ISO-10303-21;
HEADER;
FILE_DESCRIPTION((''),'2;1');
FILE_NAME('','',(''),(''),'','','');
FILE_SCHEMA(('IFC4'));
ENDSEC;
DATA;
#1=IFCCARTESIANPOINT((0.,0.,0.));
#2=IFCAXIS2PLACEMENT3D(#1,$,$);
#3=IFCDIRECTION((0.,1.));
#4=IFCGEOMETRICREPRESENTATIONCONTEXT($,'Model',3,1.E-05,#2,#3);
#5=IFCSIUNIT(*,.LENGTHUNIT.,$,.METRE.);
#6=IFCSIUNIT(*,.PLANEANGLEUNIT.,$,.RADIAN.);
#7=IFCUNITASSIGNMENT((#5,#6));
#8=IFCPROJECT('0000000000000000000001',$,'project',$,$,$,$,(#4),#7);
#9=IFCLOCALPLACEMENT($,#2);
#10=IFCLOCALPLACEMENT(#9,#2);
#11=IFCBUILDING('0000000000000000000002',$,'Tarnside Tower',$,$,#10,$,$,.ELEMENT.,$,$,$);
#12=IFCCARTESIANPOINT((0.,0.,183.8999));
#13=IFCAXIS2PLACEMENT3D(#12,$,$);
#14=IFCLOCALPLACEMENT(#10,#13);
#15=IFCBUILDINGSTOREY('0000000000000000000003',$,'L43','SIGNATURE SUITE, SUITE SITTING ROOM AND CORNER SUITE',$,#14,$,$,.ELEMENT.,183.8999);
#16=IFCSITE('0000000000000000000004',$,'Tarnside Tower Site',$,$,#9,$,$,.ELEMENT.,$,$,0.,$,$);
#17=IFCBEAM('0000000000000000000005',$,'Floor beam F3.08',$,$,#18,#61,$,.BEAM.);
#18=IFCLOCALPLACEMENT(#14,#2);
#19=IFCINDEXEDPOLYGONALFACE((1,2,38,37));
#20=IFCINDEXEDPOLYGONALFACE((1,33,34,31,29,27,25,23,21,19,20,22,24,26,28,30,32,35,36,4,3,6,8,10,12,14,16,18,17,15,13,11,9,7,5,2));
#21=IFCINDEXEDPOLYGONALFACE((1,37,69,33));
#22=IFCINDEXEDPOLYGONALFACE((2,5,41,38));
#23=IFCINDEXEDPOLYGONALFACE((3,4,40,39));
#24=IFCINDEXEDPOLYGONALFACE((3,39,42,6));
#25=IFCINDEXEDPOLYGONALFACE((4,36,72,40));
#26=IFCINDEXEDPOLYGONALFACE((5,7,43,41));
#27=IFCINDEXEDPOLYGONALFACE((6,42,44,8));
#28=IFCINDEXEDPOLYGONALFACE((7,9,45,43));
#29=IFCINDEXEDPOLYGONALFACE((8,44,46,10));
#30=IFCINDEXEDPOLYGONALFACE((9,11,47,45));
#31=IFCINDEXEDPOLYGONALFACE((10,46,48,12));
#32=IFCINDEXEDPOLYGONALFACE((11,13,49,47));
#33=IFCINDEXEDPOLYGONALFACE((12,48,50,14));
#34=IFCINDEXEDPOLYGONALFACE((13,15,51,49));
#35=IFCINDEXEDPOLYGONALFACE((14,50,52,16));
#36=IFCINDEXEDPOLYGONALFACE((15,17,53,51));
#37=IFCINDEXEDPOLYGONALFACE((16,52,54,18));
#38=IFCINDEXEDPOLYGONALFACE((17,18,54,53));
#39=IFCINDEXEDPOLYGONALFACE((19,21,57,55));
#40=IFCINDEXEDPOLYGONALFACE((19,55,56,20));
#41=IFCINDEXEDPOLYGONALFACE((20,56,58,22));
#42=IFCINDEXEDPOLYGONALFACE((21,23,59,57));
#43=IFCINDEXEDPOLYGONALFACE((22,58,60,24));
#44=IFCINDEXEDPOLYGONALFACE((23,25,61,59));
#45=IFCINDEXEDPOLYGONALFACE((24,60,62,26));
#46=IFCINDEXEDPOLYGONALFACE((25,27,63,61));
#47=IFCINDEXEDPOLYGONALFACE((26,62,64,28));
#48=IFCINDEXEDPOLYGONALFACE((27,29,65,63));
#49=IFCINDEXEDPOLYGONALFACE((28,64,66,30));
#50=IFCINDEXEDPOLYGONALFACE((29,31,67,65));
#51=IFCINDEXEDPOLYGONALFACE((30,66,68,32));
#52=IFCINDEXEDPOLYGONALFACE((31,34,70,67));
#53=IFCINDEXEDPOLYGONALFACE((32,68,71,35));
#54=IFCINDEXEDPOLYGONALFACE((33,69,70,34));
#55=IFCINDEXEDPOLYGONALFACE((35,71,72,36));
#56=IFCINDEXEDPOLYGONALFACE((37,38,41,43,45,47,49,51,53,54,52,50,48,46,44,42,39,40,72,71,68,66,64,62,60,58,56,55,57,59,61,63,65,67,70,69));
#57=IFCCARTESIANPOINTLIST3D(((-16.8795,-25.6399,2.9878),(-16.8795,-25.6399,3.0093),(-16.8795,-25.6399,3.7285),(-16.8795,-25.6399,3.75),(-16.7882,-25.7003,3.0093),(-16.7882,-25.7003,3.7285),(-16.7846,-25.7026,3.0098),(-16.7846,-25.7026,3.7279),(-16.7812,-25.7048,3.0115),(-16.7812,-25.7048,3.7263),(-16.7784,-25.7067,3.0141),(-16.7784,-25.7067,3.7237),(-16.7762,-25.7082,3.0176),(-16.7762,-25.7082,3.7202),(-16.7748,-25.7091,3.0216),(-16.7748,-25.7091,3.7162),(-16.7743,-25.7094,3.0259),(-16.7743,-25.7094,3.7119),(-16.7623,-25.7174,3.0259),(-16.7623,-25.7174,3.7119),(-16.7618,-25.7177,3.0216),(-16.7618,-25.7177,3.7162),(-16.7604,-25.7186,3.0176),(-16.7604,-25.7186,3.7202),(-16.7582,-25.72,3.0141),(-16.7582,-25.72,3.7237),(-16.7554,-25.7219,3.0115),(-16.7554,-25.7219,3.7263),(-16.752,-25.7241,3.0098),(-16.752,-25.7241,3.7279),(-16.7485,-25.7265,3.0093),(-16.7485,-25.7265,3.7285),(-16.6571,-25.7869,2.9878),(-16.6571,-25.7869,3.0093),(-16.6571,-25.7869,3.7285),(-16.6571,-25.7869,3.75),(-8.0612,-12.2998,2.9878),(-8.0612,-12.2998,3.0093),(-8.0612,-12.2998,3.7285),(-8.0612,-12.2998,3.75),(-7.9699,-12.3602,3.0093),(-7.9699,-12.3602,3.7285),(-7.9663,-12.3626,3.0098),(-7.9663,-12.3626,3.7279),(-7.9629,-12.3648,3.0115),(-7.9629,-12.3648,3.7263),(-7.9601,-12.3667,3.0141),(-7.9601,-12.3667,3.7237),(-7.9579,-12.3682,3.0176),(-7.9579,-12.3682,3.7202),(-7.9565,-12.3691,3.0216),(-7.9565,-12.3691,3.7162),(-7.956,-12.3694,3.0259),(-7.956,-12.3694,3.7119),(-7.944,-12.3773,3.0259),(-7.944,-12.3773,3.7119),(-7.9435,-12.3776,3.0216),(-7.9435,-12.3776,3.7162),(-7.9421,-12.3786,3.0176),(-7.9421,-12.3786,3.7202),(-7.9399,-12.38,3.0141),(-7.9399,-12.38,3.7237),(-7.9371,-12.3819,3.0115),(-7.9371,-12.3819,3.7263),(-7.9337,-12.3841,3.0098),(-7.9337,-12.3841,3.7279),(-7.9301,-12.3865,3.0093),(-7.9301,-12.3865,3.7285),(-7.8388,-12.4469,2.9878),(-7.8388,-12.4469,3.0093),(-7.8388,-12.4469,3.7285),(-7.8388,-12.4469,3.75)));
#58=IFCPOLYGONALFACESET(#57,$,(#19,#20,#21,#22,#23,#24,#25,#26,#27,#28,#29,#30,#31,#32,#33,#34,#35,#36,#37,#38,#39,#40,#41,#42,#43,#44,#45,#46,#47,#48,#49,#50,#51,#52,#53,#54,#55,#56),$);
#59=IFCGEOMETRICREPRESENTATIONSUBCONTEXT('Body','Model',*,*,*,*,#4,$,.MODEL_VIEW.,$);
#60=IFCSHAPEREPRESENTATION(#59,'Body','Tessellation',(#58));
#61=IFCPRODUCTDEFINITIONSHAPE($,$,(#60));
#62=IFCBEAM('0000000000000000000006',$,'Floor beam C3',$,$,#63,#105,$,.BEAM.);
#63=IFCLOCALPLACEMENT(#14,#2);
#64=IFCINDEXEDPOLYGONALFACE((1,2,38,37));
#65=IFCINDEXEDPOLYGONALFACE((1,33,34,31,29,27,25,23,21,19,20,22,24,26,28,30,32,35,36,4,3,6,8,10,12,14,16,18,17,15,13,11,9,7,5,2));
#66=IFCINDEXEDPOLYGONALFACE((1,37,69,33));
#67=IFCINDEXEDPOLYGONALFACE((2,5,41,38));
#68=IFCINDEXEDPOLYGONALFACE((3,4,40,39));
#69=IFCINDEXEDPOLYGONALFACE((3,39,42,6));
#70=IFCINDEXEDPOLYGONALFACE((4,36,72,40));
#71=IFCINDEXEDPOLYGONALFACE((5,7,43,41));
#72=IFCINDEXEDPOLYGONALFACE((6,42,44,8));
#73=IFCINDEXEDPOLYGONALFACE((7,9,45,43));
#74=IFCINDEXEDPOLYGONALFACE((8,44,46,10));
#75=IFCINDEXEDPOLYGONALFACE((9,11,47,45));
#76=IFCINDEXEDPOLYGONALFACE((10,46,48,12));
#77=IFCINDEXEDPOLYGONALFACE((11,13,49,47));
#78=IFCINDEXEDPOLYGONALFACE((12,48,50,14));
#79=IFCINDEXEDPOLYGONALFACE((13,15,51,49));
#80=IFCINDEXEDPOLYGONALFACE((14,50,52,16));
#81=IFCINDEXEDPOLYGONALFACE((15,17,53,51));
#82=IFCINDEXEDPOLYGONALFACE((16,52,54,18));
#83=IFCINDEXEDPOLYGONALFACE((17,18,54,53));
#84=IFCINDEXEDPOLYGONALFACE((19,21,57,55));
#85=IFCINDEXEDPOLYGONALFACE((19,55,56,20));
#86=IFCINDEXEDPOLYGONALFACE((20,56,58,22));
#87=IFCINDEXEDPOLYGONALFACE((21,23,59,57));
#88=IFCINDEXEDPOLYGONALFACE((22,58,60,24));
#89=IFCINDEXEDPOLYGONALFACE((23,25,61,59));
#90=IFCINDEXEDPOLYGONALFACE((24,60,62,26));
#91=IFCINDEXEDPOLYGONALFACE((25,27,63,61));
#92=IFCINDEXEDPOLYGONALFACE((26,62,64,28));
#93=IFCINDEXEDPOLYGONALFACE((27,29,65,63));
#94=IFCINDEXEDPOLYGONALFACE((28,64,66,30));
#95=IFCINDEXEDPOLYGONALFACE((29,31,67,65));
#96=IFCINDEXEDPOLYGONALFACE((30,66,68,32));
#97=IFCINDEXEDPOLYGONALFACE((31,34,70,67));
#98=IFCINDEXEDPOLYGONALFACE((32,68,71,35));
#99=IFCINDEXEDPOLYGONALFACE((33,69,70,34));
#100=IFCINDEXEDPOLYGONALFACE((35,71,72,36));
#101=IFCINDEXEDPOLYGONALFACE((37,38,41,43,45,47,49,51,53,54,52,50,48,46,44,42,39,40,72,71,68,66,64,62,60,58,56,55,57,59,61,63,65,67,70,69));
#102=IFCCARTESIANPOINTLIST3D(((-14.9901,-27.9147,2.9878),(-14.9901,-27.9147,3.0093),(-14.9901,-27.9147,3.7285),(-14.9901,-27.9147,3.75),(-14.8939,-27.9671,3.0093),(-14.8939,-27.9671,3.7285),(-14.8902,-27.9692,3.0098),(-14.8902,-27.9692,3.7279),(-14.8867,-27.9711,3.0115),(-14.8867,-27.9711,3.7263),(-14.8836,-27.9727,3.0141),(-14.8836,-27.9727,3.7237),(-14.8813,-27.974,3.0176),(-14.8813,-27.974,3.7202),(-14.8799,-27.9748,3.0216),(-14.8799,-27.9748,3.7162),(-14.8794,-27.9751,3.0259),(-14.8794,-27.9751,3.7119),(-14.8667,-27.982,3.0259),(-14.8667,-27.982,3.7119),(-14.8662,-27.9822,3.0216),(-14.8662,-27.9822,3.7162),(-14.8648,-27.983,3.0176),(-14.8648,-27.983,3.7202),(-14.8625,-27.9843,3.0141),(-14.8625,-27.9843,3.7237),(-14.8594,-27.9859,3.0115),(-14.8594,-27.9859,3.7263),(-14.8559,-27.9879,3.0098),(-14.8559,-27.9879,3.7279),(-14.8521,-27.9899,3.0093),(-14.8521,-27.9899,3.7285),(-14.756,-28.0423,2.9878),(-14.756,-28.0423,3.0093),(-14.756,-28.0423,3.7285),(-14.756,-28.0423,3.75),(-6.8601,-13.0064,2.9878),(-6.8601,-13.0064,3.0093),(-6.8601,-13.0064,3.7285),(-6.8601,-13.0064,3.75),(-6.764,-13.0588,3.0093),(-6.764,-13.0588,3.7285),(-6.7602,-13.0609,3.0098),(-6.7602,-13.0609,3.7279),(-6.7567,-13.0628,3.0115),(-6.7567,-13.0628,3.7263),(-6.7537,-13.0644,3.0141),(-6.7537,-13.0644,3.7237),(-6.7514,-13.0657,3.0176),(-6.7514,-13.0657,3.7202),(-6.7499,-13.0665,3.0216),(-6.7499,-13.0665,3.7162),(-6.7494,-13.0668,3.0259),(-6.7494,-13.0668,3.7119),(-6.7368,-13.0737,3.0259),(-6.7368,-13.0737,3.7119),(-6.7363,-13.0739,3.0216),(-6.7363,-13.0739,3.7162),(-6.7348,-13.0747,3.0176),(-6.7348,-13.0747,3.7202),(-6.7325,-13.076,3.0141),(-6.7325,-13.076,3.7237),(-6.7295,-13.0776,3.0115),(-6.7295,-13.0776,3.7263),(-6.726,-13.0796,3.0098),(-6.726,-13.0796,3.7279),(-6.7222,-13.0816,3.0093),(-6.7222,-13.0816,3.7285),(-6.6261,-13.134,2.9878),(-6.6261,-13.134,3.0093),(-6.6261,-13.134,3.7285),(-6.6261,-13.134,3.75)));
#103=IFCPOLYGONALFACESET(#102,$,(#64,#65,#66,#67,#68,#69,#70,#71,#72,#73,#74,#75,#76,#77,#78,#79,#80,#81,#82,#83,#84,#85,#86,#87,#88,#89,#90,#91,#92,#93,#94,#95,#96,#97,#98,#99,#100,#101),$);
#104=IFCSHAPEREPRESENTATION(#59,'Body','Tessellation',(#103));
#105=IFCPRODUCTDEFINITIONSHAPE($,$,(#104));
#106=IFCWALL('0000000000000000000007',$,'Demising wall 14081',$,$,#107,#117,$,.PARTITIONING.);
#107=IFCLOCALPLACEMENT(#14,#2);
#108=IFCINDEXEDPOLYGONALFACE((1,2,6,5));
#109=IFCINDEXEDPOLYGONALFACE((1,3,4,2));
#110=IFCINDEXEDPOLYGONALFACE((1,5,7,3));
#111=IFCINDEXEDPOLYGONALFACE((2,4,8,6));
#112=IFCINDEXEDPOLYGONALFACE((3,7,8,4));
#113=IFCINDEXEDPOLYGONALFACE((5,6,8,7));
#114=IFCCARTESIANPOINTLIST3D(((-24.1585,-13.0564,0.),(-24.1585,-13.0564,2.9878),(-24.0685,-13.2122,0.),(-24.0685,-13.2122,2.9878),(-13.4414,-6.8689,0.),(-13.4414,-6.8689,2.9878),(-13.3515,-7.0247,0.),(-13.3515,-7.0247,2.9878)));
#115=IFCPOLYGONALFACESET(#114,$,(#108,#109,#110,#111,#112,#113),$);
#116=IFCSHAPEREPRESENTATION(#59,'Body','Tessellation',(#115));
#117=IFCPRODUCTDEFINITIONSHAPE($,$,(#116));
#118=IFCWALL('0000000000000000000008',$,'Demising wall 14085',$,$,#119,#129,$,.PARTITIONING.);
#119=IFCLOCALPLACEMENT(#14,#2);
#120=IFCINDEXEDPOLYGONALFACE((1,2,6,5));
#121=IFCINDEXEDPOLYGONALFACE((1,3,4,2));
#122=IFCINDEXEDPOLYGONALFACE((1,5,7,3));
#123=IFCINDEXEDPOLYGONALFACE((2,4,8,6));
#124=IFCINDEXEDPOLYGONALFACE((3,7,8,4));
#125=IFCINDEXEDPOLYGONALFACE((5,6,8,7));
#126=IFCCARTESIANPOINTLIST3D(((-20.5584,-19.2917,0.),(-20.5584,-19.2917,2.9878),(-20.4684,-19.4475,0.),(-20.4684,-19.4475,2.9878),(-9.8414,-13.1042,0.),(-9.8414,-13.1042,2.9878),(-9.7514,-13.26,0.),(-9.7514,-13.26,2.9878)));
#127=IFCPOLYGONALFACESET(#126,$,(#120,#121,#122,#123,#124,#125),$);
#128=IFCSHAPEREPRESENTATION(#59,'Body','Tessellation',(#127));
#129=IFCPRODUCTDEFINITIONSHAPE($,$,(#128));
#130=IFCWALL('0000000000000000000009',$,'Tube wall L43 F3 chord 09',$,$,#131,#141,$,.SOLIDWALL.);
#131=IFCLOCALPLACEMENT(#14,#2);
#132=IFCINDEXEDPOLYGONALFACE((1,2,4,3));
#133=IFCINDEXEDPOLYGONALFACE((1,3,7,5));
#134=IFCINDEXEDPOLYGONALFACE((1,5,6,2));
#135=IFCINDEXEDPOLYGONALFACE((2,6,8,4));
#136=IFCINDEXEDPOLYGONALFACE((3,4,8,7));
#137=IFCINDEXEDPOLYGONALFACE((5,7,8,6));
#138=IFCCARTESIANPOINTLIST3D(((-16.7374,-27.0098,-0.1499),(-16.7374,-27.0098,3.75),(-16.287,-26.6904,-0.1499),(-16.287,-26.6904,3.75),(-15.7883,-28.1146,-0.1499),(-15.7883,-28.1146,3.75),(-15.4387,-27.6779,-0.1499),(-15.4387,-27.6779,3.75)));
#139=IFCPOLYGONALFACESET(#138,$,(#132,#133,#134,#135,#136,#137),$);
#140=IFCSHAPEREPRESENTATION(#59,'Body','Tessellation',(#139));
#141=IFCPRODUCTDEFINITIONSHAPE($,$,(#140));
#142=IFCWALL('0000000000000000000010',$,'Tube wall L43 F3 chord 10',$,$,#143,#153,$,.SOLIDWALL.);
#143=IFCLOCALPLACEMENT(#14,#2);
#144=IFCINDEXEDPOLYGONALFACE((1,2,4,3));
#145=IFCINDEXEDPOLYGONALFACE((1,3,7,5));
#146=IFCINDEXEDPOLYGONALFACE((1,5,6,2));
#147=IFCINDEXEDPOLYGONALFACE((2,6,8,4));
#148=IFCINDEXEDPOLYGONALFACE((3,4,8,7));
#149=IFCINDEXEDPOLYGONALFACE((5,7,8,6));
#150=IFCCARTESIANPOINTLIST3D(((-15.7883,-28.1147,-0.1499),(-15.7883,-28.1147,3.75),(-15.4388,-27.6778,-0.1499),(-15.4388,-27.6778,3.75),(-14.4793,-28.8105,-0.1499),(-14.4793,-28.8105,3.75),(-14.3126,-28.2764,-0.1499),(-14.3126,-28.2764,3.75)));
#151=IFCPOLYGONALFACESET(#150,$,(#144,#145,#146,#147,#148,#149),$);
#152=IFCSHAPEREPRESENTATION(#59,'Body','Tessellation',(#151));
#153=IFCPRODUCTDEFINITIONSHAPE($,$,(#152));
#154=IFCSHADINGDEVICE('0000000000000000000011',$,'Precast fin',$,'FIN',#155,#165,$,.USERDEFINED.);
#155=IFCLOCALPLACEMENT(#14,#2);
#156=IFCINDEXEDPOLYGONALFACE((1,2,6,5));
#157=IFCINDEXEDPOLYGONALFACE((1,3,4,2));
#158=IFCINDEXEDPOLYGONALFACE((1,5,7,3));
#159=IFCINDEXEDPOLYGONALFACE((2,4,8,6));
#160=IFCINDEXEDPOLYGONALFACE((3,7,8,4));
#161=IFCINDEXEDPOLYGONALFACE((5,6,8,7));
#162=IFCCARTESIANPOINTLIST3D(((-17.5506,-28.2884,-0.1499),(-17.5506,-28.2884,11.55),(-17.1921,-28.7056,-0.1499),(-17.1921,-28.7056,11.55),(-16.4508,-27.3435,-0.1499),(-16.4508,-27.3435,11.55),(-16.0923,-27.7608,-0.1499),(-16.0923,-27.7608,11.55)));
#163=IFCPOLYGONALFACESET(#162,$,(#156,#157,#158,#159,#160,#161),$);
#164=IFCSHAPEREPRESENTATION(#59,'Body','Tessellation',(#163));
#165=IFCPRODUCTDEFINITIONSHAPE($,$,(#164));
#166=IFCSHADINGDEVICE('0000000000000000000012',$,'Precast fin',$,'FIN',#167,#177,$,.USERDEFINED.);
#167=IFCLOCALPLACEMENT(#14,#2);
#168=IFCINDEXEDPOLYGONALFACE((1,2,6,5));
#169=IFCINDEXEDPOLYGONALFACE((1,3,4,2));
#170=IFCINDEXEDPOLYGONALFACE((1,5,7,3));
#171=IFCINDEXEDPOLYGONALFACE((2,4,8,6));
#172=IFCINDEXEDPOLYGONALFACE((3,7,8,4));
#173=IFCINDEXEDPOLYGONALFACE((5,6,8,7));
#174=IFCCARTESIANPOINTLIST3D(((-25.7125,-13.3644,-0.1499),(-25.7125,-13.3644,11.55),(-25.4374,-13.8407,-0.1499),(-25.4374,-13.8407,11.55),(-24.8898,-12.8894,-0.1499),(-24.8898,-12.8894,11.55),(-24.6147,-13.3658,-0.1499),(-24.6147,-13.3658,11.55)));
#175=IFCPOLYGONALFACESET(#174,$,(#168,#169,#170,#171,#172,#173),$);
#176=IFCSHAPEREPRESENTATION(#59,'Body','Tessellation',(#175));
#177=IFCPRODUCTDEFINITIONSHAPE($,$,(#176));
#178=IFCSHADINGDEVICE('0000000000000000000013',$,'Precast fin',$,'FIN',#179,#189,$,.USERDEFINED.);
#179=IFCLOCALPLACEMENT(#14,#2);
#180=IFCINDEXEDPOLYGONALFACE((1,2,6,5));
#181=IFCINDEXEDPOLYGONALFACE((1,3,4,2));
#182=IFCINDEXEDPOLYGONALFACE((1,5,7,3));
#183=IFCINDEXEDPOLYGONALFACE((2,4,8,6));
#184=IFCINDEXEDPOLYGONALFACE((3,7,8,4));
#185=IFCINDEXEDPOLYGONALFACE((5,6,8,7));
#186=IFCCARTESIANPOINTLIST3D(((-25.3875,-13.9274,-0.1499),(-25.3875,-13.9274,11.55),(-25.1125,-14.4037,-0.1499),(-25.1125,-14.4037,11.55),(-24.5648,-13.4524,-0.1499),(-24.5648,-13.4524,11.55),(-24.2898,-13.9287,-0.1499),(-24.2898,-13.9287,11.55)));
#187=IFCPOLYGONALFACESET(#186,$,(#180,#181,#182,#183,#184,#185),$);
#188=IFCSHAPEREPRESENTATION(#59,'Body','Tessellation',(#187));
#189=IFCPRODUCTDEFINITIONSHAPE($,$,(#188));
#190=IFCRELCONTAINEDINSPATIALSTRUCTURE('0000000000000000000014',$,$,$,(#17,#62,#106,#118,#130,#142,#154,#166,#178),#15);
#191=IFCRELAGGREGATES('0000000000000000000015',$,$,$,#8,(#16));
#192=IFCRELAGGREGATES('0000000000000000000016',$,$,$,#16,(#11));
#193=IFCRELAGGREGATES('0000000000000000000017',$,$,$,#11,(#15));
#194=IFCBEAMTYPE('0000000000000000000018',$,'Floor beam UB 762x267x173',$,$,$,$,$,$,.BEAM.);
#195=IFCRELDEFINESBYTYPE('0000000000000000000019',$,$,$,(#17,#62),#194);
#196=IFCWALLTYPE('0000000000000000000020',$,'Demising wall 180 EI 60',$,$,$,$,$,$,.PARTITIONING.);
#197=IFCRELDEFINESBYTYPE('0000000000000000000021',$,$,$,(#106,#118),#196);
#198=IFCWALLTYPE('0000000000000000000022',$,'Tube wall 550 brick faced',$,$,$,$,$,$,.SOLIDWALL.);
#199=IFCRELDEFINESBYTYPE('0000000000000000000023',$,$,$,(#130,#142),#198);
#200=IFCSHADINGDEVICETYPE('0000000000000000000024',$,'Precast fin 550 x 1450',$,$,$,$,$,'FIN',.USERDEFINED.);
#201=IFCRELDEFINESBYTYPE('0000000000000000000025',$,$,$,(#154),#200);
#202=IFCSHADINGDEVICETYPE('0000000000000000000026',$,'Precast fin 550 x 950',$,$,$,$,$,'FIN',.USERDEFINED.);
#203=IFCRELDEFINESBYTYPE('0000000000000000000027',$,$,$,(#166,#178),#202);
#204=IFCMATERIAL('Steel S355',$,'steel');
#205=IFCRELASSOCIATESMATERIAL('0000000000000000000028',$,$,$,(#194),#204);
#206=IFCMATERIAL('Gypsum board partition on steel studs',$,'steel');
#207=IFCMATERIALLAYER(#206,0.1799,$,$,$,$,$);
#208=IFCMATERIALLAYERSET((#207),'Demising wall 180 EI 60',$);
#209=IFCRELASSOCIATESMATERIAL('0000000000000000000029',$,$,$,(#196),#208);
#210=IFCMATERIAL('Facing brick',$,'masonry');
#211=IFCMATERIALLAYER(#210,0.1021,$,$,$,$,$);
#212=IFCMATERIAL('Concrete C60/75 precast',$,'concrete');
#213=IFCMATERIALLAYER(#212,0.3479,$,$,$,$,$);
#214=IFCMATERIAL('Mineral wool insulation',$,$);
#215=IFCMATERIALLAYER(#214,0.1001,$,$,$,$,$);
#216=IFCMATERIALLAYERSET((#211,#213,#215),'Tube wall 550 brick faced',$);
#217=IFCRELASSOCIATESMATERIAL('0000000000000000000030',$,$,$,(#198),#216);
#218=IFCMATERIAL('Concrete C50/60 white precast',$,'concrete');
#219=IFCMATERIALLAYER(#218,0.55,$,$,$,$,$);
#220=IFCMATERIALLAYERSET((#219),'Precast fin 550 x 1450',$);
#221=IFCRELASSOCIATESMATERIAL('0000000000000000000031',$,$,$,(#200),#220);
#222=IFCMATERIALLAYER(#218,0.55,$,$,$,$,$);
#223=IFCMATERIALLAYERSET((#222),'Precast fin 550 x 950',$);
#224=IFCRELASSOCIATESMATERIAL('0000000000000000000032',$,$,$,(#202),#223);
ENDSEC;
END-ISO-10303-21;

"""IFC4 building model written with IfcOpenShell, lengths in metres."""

from ifc_helpers import new_model, si_unit, direction, frame, frame_2d, origin, origin_2d, place, context, subcontext, project, spatial, polyline, rectangle, i_section, outline, extrude, material, layer, layer_set, material_profile, profile_set, type_object, element, save


model = new_model("IFC4")

# Units and contexts
model_context = context("Model", 3, precision=1e-05, world=origin(), true_north=direction((0.0, 1.0)))
body_context = subcontext(model_context, "Body", "Model", "MODEL_VIEW")
ifc_project = project(units=[si_unit("LENGTHUNIT", "METRE"), si_unit("PLANEANGLEUNIT", "RADIAN")], contexts=[model_context])

# Site, building, storey
site_placement = place(None, origin())
site = spatial("IfcSite", under=ifc_project, at=site_placement, Name="Tarnside Tower Site", CompositionType="ELEMENT", RefElevation=0.0)
building_placement = place(site_placement, origin())
building = spatial("IfcBuilding", under=site, at=building_placement, Name="Tarnside Tower", CompositionType="ELEMENT")
storey_placement = place(building_placement, frame((0.0, 0.0, 183.8999)))
storey = spatial("IfcBuildingStorey", under=building, at=storey_placement, Name="L43", Description="SIGNATURE SUITE, SUITE SITTING ROOM AND CORNER SUITE", CompositionType="ELEMENT", Elevation=183.8999)

# Beams
ifc_material_1 = material(Name="Steel S355", Category="steel")
ifc_material_profile_1 = material_profile(ifc_material_1, i_section(OverallWidth=0.2666, OverallDepth=0.7622, WebThickness=0.0144, FlangeThickness=0.0215, FilletRadius=0.0166, at=origin_2d()), Name="UB 762x267x173")
ifc_profile_set_1 = profile_set([ifc_material_profile_1], Name="Steel S355")
beam_type_1 = type_object("IfcBeamType", Name="Floor beam UB 762x267x173", PredefinedType="BEAM", material=ifc_profile_set_1)
beam_1_placement = place(storey_placement, frame((-16.7683, -25.7134, 3.3689), z_axis=(0.551448, 0.83421, 0.0), x_axis=(-0.83421, 0.551448, 0.0)))
element("IfcBeam", 1, at=beam_1_placement, inside=storey, type_object=beam_type_1, Name="Floor beam F3.08", PredefinedType="BEAM", context=body_context, shape_type="SweptSolid", body=[
    extrude(i_section(OverallWidth=0.2666, OverallDepth=0.7622, WebThickness=0.0144, FlangeThickness=0.0215, FilletRadius=0.0166, at=origin_2d()), origin(), (0.0, 0.0, 1.0), 15.9912),
])
beam_2_placement = place(storey_placement, frame((-14.873, -27.9785, 3.3689), z_axis=(0.478768, 0.877942, 0.0), x_axis=(-0.877942, 0.478768, 0.0)))
element("IfcBeam", 2, at=beam_2_placement, inside=storey, type_object=beam_type_1, Name="Floor beam C3", PredefinedType="BEAM", context=body_context, shape_type="SweptSolid", body=[
    extrude(i_section(OverallWidth=0.2666, OverallDepth=0.7622, WebThickness=0.0144, FlangeThickness=0.0215, FilletRadius=0.0166, at=origin_2d()), origin(), (0.0, 0.0, 1.0), 16.981),
])

# Walls
ifc_material_2 = material(Name="Gypsum board partition on steel studs", Category="steel")
ifc_layer_1 = layer(ifc_material_2, 0.1799)
ifc_layer_set_1 = layer_set([ifc_layer_1], Name="Demising wall 180 EI 60")
wall_type_1 = type_object("IfcWallType", Name="Demising wall 180 EI 60", PredefinedType="PARTITIONING", material=ifc_layer_set_1)
for number, where, z_axis, x_axis, name in (
    (3, (-24.1135, -13.1343, 0.0), (0.0, 0.0, 1.0), (0.866025, 0.500001, 0.0), "Demising wall 14081"),
    (4, (-20.5134, -19.3696, 0.0), (0.0, 0.0, 1.0), (0.866025, 0.500001, 0.0), "Demising wall 14085"),
):
    element("IfcWall", number, at=place(storey_placement, frame(where, z_axis=z_axis, x_axis=x_axis)), inside=storey, type_object=wall_type_1, Name=name, PredefinedType="PARTITIONING", context=body_context, shape_type="SweptSolid", body=[
        extrude(rectangle(XDim=12.375, YDim=0.1799, at=frame_2d((6.1875, 0.0))), origin(), (0.0, 0.0, 1.0), 2.9878),
    ])
ifc_material_3 = material(Name="Facing brick", Category="masonry")
ifc_layer_2 = layer(ifc_material_3, 0.1021)
ifc_material_4 = material(Name="Concrete C60/75 precast", Category="concrete")
ifc_layer_3 = layer(ifc_material_4, 0.3479)
ifc_material_5 = material(Name="Mineral wool insulation")
ifc_layer_4 = layer(ifc_material_5, 0.1001)
ifc_layer_set_2 = layer_set([ifc_layer_2, ifc_layer_3, ifc_layer_4], Name="Tube wall 550 brick faced")
wall_type_2 = type_object("IfcWallType", Name="Tube wall 550 brick faced", PredefinedType="SOLIDWALL", material=ifc_layer_set_2)
wall_1_placement = place(storey_placement, frame((-16.5122, -26.8501, -0.1499), z_axis=(0.0, 0.0, 1.0), x_axis=(0.651622, -0.758544, 0.0)))
element("IfcWall", 5, at=wall_1_placement, inside=storey, type_object=wall_type_2, Name="Tube wall L43 F3 chord 09", PredefinedType="SOLIDWALL", context=body_context, shape_type="SweptSolid", body=[
    extrude(outline(polyline([(-0.0256, -0.2749), (1.4309, -0.2749), (1.3274, 0.2749), (0.0256, 0.2749), (-0.0256, -0.2749)])), origin(), (0.0, 0.0, 1.0), 3.8999),
])
wall_2_placement = place(storey_placement, frame((-15.6135, -27.8962, -0.1499), z_axis=(0.0, 0.0, 1.0), x_axis=(0.882994, -0.469384, 0.0)))
element("IfcWall", 6, at=wall_2_placement, inside=storey, type_object=wall_type_2, Name="Tube wall L43 F3 chord 10", PredefinedType="SOLIDWALL", context=body_context, shape_type="SweptSolid", body=[
    extrude(outline(polyline([(-0.0518, -0.2749), (1.4307, -0.2749), (1.3271, 0.2749), (0.0518, 0.2749), (-0.0518, -0.2749)])), origin(), (0.0, 0.0, 1.0), 3.8999),
])

# Shading devices
ifc_material_6 = material(Name="Concrete C50/60 white precast", Category="concrete")
ifc_layer_5 = layer(ifc_material_6, 0.55)
ifc_layer_set_3 = layer_set([ifc_layer_5], Name="Precast fin 550 x 1450")
shading_device_type_1 = type_object("IfcShadingDeviceType", Name="Precast fin 550 x 1450", ElementType="FIN", PredefinedType="USERDEFINED", material=ifc_layer_set_3)
shading_device_placement = place(storey_placement, frame((-16.2715, -27.5522, -0.1499), z_axis=(-0.651657, 0.758514, 0.0), x_axis=(-0.758514, -0.651657, 0.0)))
element("IfcShadingDevice", 7, at=shading_device_placement, inside=storey, type_object=shading_device_type_1, Name="Precast fin", ObjectType="FIN", PredefinedType="USERDEFINED", context=body_context, shape_type="SweptSolid", body=[
    extrude(outline(polyline([(0.0, 0.0), (1.45, 0.0), (1.45, 11.7), (0.0, 11.7), (0.0, 0.0)])), frame((0.0, 0.0, -0.2749)), (0.0, 0.0, 1.0), 0.55),
])
ifc_layer_6 = layer(ifc_material_6, 0.55)
ifc_layer_set_4 = layer_set([ifc_layer_6], Name="Precast fin 550 x 950")
shading_device_type_2 = type_object("IfcShadingDeviceType", Name="Precast fin 550 x 950", ElementType="FIN", PredefinedType="USERDEFINED", material=ifc_layer_set_4)
for number, where, z_axis, x_axis, name in (
    (8, (-24.7522, -13.1277, -0.1499), (-0.5, 0.866025, 0.0), (-0.866025, -0.5, 0.0), "Precast fin"),
    (9, (-24.4272, -13.6907, -0.1499), (-0.5, 0.866025, 0.0), (-0.866025, -0.5, 0.0), "Precast fin"),
):
    element("IfcShadingDevice", number, at=place(storey_placement, frame(where, z_axis=z_axis, x_axis=x_axis)), inside=storey, type_object=shading_device_type_2, Name=name, ObjectType="FIN", PredefinedType="USERDEFINED", context=body_context, shape_type="SweptSolid", body=[
        extrude(outline(polyline([(0.0, 0.0), (0.95, 0.0), (0.95, 11.7), (0.0, 11.7), (0.0, 0.0)])), frame((0.0, 0.0, -0.2749)), (0.0, 0.0, 1.0), 0.55),
    ])

save(model, "model.ifc")
